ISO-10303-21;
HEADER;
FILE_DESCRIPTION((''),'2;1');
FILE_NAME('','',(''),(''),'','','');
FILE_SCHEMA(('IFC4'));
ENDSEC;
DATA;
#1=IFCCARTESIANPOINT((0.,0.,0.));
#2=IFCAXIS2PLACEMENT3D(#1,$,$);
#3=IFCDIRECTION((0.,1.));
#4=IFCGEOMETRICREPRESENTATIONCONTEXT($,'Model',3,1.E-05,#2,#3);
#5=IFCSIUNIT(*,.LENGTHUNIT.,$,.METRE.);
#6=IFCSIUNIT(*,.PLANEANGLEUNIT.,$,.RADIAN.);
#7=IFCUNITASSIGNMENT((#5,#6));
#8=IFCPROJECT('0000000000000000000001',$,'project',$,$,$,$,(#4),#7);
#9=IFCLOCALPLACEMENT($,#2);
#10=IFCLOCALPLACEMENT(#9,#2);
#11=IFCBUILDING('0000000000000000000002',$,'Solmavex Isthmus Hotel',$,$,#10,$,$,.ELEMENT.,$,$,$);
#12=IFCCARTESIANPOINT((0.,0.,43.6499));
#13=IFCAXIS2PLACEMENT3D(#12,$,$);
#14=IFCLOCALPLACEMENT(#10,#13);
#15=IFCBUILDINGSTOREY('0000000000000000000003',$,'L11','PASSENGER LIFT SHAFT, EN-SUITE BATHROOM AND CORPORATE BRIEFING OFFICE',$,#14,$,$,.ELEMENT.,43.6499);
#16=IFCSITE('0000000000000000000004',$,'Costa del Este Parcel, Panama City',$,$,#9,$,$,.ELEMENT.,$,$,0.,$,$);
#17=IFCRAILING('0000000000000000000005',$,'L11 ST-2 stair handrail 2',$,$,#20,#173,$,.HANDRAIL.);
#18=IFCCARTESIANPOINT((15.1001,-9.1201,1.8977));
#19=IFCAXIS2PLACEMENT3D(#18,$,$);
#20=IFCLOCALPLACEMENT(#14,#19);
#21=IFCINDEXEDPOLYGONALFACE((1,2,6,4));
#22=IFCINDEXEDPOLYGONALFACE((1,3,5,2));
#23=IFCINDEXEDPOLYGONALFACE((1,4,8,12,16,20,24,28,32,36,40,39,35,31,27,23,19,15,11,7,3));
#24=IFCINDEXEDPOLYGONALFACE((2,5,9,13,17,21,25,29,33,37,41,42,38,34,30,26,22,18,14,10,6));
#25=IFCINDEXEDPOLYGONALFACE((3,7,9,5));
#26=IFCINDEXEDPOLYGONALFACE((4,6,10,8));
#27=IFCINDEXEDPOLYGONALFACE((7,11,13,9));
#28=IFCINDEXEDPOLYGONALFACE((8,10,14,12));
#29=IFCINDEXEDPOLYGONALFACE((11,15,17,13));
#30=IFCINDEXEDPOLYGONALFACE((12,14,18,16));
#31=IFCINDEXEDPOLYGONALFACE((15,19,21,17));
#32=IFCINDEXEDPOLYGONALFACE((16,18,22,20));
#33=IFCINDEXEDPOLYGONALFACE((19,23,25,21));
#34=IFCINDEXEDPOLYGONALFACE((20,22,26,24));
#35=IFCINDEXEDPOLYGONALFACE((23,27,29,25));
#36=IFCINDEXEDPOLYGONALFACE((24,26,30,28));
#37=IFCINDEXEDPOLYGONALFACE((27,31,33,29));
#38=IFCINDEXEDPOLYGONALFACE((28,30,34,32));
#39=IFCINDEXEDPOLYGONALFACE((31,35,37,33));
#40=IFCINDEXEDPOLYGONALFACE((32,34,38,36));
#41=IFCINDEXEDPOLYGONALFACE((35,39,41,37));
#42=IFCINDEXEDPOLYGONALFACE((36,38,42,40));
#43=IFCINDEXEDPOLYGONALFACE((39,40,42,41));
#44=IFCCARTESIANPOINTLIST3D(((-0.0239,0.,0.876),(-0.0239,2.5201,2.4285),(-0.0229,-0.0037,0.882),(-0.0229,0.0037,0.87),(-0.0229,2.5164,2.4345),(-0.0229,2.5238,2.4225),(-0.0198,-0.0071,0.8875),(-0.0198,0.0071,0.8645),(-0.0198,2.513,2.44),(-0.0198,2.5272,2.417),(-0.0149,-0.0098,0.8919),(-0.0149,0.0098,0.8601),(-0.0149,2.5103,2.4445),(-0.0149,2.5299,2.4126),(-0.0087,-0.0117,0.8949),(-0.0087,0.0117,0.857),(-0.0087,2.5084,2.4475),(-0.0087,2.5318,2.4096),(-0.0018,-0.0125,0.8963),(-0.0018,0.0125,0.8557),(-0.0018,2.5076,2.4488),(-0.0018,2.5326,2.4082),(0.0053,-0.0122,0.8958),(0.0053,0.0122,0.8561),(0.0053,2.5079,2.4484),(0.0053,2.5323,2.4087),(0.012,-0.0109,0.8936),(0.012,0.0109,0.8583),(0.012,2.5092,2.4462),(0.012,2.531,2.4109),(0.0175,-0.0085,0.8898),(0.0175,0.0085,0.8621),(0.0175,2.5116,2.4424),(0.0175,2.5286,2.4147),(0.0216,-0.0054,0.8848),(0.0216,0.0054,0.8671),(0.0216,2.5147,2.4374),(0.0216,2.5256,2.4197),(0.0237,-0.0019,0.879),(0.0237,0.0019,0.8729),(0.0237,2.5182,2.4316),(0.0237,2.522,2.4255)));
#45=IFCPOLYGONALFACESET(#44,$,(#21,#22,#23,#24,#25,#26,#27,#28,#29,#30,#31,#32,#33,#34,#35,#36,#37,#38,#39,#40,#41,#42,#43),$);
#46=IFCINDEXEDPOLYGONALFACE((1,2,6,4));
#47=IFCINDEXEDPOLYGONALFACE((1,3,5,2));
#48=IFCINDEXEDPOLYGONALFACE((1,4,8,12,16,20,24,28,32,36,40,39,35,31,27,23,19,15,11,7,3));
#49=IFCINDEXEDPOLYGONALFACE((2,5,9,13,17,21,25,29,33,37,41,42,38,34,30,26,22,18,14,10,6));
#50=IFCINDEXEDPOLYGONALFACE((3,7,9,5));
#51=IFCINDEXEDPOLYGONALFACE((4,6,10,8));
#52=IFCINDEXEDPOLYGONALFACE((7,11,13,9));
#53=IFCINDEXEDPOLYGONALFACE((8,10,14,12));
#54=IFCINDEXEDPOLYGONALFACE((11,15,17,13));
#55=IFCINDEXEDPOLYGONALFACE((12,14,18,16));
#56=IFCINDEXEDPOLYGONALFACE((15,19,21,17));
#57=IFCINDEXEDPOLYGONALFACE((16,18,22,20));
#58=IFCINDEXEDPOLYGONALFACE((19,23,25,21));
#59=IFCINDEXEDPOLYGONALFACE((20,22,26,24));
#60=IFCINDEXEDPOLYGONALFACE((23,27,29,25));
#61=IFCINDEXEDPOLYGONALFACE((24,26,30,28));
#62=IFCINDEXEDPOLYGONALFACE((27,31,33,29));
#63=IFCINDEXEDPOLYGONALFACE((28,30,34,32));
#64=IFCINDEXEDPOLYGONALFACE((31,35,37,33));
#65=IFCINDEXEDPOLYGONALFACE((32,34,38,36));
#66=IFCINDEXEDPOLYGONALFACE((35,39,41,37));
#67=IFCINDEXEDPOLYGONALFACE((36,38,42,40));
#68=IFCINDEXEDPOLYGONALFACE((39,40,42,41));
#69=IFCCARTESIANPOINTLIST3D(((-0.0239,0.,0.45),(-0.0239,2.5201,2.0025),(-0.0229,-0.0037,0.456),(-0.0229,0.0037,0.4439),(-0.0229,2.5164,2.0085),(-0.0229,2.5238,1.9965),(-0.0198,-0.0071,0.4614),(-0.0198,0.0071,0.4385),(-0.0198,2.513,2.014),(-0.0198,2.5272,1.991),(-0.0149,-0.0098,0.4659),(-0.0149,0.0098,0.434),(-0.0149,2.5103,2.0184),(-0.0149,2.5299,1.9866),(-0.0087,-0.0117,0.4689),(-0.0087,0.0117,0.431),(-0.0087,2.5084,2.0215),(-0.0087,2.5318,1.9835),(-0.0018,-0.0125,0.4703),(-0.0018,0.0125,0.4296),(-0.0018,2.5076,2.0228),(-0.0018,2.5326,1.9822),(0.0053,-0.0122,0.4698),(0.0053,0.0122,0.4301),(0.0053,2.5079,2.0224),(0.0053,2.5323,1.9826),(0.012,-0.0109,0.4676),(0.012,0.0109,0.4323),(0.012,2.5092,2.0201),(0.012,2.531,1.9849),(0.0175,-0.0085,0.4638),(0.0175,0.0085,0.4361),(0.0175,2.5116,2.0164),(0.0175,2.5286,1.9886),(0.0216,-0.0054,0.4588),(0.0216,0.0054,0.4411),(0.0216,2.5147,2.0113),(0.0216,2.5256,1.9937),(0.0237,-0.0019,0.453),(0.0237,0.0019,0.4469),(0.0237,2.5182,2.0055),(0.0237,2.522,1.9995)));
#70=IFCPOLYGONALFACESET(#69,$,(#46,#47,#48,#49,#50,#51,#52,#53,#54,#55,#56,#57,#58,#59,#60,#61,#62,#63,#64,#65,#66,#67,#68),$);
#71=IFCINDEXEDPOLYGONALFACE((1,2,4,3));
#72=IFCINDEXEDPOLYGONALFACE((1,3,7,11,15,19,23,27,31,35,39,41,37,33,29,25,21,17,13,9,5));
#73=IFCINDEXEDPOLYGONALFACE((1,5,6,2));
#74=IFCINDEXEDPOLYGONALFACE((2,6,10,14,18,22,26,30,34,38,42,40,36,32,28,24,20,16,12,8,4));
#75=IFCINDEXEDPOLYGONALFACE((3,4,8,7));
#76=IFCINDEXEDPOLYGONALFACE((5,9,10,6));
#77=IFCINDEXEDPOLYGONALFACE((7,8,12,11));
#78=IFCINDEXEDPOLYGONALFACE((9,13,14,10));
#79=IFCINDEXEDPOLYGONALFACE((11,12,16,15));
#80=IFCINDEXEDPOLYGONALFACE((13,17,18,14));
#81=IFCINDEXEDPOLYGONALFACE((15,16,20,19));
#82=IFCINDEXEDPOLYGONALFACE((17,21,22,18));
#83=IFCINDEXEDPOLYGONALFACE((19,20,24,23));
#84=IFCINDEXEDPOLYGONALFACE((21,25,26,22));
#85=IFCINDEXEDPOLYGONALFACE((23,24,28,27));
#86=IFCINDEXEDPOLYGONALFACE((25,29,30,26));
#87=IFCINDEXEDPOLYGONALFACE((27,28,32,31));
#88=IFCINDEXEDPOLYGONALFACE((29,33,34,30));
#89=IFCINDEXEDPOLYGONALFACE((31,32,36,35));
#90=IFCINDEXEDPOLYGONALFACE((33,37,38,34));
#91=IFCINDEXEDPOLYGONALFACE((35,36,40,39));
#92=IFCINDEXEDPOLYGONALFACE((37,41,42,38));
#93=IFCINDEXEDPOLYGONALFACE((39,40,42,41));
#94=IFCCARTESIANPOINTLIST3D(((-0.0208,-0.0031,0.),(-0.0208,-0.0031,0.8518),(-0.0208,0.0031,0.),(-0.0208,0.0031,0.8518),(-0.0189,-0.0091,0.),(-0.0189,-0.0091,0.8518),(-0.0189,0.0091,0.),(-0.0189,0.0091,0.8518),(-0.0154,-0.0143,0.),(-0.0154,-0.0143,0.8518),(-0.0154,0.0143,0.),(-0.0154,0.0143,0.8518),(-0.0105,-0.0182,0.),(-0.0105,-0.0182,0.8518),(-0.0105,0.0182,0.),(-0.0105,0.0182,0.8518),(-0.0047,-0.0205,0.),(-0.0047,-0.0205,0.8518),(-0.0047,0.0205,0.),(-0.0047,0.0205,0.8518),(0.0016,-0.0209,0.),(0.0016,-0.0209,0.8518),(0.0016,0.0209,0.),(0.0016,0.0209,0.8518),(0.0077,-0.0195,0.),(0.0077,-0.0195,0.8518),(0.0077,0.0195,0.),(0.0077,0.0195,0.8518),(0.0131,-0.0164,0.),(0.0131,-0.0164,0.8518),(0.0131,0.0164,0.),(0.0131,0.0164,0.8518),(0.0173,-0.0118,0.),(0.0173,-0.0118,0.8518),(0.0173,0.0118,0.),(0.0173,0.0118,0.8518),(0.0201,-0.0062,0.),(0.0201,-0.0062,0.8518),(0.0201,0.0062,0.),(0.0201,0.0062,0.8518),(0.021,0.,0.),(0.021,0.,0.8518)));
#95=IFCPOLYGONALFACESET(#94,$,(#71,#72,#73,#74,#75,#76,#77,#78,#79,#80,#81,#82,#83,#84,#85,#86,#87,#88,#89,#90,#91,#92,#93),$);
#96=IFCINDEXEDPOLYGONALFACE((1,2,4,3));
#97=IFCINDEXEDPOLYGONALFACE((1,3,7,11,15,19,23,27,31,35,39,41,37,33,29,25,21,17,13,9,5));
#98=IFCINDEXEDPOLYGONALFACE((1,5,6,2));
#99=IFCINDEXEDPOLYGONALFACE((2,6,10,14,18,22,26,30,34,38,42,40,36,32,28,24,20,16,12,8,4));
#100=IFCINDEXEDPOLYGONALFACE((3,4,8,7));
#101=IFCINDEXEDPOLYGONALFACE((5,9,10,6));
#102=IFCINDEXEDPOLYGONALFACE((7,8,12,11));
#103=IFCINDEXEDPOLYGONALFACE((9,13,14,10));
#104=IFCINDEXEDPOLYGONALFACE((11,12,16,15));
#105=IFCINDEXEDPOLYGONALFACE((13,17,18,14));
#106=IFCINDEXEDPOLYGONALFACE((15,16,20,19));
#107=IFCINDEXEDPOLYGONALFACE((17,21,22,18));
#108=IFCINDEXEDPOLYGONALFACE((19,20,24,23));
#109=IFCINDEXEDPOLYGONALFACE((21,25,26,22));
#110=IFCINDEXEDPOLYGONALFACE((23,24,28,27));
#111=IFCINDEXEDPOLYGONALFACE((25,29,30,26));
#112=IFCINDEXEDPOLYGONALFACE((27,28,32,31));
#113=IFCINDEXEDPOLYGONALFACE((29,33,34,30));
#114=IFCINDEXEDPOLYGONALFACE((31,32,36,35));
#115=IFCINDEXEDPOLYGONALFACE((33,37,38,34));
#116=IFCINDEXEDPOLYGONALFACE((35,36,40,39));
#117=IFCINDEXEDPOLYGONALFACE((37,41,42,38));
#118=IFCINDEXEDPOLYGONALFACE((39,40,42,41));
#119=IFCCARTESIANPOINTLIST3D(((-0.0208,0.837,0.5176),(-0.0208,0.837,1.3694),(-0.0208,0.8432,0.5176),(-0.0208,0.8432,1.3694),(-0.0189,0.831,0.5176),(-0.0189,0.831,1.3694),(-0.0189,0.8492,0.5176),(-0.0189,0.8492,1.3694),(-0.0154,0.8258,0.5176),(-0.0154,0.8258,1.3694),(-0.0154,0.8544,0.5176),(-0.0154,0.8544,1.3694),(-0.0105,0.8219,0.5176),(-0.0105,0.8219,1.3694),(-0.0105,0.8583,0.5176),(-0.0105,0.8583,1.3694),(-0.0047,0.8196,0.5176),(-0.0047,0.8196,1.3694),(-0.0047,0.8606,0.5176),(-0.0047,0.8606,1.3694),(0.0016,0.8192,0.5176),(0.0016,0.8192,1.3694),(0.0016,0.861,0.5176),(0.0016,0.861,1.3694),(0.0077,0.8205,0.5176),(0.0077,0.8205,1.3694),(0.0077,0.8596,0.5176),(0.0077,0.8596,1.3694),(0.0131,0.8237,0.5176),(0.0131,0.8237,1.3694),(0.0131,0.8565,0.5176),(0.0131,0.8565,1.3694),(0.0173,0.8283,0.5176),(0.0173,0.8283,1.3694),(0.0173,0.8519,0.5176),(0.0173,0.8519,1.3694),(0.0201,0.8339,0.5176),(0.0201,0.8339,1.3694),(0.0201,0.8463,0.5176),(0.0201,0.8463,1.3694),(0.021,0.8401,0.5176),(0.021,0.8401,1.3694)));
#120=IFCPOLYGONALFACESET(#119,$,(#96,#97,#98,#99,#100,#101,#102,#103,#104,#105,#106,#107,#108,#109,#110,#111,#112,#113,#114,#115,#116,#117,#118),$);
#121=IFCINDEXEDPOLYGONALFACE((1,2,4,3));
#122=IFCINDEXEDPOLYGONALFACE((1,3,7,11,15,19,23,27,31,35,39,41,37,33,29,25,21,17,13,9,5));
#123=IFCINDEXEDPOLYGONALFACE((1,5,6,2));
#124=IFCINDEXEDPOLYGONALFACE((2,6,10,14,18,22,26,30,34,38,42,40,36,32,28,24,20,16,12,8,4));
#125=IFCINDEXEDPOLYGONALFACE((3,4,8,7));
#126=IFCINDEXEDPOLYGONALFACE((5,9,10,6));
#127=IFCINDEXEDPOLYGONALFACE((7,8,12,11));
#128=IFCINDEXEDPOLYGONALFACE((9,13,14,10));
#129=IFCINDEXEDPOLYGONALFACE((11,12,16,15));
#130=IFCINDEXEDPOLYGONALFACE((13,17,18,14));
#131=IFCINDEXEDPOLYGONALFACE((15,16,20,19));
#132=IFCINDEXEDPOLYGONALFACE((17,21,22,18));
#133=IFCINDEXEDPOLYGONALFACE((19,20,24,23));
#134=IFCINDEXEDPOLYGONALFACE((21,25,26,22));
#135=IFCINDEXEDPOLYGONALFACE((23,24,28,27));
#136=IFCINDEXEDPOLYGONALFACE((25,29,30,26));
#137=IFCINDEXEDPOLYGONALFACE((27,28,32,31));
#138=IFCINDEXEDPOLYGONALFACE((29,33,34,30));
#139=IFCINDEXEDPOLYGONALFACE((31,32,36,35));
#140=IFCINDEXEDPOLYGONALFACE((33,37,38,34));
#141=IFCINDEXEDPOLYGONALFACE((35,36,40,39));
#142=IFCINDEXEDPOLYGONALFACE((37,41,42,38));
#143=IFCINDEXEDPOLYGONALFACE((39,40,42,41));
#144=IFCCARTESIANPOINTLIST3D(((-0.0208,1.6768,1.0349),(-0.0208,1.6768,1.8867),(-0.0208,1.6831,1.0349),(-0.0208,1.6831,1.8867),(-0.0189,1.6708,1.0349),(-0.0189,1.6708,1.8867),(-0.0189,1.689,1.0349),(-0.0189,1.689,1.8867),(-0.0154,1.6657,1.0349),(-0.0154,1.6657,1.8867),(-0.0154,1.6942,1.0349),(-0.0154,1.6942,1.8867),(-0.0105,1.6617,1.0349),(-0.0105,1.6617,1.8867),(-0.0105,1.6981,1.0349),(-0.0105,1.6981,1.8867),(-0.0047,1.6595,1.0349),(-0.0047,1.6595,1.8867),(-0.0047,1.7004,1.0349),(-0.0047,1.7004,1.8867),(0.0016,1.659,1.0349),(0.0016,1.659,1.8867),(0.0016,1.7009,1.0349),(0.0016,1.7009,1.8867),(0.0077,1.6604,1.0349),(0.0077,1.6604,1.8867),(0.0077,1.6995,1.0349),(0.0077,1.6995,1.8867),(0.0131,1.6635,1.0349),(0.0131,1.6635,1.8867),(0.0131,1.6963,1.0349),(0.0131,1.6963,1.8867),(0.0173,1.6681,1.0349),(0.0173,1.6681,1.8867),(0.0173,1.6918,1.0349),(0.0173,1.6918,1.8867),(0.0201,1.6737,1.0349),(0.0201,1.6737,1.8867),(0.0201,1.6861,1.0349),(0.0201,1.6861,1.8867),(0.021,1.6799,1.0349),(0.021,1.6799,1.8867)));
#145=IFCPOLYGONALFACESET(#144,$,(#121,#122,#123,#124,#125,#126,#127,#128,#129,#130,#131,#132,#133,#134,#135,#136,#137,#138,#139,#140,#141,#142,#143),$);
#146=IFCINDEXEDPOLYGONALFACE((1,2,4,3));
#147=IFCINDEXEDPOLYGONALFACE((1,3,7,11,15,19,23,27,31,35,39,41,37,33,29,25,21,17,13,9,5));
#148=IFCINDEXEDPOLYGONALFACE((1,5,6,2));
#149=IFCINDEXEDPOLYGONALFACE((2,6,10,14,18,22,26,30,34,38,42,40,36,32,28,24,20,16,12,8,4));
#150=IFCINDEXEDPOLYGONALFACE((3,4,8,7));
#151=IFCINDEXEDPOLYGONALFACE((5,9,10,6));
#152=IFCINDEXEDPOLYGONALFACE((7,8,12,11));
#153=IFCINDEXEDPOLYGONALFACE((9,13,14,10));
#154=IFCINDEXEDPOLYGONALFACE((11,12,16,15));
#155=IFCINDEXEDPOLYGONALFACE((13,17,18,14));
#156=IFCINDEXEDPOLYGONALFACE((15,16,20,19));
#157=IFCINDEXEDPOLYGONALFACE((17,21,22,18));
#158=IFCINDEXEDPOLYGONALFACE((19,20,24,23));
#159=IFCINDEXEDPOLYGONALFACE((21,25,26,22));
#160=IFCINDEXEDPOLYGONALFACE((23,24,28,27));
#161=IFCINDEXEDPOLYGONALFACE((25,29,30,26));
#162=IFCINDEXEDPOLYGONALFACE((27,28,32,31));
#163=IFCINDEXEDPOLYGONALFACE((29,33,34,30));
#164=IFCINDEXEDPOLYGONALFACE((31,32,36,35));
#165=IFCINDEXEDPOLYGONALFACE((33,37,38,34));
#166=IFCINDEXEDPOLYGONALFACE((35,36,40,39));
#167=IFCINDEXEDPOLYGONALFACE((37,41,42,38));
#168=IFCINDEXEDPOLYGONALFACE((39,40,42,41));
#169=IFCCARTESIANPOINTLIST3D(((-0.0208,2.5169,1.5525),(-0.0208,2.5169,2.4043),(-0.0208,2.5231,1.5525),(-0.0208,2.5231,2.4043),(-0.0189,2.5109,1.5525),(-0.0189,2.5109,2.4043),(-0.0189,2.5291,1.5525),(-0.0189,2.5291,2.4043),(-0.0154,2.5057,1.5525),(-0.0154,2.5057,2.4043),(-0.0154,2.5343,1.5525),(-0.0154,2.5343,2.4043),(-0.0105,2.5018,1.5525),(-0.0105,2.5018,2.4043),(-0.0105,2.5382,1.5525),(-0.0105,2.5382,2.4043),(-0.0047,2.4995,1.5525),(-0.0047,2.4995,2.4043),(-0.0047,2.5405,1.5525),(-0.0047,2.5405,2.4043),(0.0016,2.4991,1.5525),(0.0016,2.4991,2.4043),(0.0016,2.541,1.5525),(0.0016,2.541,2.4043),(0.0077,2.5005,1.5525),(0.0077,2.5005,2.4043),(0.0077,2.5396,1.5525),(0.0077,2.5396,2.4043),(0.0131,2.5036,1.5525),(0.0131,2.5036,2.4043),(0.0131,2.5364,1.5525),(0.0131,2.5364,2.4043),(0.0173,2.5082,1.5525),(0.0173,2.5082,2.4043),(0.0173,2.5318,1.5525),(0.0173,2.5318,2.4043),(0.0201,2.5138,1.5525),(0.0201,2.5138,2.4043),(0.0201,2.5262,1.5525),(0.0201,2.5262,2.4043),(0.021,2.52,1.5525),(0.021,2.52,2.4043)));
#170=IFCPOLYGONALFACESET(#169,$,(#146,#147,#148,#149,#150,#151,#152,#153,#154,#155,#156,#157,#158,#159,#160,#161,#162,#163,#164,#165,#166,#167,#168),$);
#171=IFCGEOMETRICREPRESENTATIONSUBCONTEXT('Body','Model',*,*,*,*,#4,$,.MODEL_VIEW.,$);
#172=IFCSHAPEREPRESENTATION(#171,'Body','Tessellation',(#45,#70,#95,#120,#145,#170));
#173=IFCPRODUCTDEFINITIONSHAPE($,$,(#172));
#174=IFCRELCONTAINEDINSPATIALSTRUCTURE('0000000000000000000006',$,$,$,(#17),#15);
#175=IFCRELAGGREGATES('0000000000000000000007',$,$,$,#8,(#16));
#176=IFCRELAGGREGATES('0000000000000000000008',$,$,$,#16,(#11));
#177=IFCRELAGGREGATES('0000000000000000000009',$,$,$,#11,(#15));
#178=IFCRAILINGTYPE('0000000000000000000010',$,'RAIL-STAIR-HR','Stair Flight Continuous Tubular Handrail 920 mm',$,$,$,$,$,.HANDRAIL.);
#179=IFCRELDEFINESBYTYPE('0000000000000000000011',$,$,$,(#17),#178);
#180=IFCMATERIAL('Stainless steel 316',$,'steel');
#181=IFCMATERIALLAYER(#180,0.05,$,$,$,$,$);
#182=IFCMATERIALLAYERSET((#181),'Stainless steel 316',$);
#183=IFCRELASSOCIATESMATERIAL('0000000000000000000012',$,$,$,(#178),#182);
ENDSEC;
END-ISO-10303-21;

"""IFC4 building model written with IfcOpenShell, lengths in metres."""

from ifc_helpers import new_model, si_unit, direction, frame, origin, origin_2d, place, context, subcontext, project, spatial, circle, extrude, material, layer, layer_set, type_object, element, save


model = new_model("IFC4")

# Units and contexts
model_context = context("Model", 3, precision=1e-05, world=origin(), true_north=direction((0.0, 1.0)))
body_context = subcontext(model_context, "Body", "Model", "MODEL_VIEW")
ifc_project = project(units=[si_unit("LENGTHUNIT", "METRE"), si_unit("PLANEANGLEUNIT", "RADIAN")], contexts=[model_context])

# Site, building, storey
site_placement = place(None, origin())
site = spatial("IfcSite", under=ifc_project, at=site_placement, Name="Costa del Este Parcel, Panama City", CompositionType="ELEMENT", RefElevation=0.0)
building_placement = place(site_placement, origin())
building = spatial("IfcBuilding", under=site, at=building_placement, Name="Solmavex Isthmus Hotel", CompositionType="ELEMENT")
storey_placement = place(building_placement, frame((0.0, 0.0, 43.6499)))
storey = spatial("IfcBuildingStorey", under=building, at=storey_placement, Name="L11", Description="PASSENGER LIFT SHAFT, EN-SUITE BATHROOM AND CORPORATE BRIEFING OFFICE", CompositionType="ELEMENT", Elevation=43.6499)

# Railing
ifc_material_1 = material(Name="Stainless steel 316", Category="steel")
ifc_layer_1 = layer(ifc_material_1, 0.05)
ifc_layer_set_1 = layer_set([ifc_layer_1], Name="Stainless steel 316")
railing_type_1 = type_object("IfcRailingType", Name="RAIL-STAIR-HR", Description="Stair Flight Continuous Tubular Handrail 920 mm", PredefinedType="HANDRAIL", material=ifc_layer_set_1)
railing_1_placement = place(storey_placement, frame((15.1001, -9.1201, 1.8977)))
element("IfcRailing", 1, at=railing_1_placement, inside=storey, type_object=railing_type_1, Name="L11 ST-2 stair handrail 2", PredefinedType="HANDRAIL", context=body_context, shape_type="SweptSolid", body=[
    extrude(circle(Radius=0.0239, at=origin_2d()), frame((0.0, 0.0, 0.876), z_axis=(0.0, 0.8514, 0.524516), x_axis=(-1.0, 0.0, 0.0)), (0.0, 0.0, 1.0), 2.96),
    extrude(circle(Radius=0.0239, at=origin_2d()), frame((0.0, 0.0, 0.45), z_axis=(0.0, 0.8514, 0.524516), x_axis=(-1.0, 0.0, 0.0)), (0.0, 0.0, 1.0), 2.96),
    extrude(circle(Radius=0.021, at=origin_2d()), origin(), (0.0, 0.0, 1.0), 0.8518),
    extrude(circle(Radius=0.021, at=origin_2d()), frame((0.0, 0.8401, 0.5176)), (0.0, 0.0, 1.0), 0.8518),
    extrude(circle(Radius=0.021, at=origin_2d()), frame((0.0, 1.6799, 1.0349)), (0.0, 0.0, 1.0), 0.8518),
    extrude(circle(Radius=0.021, at=origin_2d()), frame((0.0, 2.52, 1.5525)), (0.0, 0.0, 1.0), 0.8518),
])

save(model, "model.ifc")
